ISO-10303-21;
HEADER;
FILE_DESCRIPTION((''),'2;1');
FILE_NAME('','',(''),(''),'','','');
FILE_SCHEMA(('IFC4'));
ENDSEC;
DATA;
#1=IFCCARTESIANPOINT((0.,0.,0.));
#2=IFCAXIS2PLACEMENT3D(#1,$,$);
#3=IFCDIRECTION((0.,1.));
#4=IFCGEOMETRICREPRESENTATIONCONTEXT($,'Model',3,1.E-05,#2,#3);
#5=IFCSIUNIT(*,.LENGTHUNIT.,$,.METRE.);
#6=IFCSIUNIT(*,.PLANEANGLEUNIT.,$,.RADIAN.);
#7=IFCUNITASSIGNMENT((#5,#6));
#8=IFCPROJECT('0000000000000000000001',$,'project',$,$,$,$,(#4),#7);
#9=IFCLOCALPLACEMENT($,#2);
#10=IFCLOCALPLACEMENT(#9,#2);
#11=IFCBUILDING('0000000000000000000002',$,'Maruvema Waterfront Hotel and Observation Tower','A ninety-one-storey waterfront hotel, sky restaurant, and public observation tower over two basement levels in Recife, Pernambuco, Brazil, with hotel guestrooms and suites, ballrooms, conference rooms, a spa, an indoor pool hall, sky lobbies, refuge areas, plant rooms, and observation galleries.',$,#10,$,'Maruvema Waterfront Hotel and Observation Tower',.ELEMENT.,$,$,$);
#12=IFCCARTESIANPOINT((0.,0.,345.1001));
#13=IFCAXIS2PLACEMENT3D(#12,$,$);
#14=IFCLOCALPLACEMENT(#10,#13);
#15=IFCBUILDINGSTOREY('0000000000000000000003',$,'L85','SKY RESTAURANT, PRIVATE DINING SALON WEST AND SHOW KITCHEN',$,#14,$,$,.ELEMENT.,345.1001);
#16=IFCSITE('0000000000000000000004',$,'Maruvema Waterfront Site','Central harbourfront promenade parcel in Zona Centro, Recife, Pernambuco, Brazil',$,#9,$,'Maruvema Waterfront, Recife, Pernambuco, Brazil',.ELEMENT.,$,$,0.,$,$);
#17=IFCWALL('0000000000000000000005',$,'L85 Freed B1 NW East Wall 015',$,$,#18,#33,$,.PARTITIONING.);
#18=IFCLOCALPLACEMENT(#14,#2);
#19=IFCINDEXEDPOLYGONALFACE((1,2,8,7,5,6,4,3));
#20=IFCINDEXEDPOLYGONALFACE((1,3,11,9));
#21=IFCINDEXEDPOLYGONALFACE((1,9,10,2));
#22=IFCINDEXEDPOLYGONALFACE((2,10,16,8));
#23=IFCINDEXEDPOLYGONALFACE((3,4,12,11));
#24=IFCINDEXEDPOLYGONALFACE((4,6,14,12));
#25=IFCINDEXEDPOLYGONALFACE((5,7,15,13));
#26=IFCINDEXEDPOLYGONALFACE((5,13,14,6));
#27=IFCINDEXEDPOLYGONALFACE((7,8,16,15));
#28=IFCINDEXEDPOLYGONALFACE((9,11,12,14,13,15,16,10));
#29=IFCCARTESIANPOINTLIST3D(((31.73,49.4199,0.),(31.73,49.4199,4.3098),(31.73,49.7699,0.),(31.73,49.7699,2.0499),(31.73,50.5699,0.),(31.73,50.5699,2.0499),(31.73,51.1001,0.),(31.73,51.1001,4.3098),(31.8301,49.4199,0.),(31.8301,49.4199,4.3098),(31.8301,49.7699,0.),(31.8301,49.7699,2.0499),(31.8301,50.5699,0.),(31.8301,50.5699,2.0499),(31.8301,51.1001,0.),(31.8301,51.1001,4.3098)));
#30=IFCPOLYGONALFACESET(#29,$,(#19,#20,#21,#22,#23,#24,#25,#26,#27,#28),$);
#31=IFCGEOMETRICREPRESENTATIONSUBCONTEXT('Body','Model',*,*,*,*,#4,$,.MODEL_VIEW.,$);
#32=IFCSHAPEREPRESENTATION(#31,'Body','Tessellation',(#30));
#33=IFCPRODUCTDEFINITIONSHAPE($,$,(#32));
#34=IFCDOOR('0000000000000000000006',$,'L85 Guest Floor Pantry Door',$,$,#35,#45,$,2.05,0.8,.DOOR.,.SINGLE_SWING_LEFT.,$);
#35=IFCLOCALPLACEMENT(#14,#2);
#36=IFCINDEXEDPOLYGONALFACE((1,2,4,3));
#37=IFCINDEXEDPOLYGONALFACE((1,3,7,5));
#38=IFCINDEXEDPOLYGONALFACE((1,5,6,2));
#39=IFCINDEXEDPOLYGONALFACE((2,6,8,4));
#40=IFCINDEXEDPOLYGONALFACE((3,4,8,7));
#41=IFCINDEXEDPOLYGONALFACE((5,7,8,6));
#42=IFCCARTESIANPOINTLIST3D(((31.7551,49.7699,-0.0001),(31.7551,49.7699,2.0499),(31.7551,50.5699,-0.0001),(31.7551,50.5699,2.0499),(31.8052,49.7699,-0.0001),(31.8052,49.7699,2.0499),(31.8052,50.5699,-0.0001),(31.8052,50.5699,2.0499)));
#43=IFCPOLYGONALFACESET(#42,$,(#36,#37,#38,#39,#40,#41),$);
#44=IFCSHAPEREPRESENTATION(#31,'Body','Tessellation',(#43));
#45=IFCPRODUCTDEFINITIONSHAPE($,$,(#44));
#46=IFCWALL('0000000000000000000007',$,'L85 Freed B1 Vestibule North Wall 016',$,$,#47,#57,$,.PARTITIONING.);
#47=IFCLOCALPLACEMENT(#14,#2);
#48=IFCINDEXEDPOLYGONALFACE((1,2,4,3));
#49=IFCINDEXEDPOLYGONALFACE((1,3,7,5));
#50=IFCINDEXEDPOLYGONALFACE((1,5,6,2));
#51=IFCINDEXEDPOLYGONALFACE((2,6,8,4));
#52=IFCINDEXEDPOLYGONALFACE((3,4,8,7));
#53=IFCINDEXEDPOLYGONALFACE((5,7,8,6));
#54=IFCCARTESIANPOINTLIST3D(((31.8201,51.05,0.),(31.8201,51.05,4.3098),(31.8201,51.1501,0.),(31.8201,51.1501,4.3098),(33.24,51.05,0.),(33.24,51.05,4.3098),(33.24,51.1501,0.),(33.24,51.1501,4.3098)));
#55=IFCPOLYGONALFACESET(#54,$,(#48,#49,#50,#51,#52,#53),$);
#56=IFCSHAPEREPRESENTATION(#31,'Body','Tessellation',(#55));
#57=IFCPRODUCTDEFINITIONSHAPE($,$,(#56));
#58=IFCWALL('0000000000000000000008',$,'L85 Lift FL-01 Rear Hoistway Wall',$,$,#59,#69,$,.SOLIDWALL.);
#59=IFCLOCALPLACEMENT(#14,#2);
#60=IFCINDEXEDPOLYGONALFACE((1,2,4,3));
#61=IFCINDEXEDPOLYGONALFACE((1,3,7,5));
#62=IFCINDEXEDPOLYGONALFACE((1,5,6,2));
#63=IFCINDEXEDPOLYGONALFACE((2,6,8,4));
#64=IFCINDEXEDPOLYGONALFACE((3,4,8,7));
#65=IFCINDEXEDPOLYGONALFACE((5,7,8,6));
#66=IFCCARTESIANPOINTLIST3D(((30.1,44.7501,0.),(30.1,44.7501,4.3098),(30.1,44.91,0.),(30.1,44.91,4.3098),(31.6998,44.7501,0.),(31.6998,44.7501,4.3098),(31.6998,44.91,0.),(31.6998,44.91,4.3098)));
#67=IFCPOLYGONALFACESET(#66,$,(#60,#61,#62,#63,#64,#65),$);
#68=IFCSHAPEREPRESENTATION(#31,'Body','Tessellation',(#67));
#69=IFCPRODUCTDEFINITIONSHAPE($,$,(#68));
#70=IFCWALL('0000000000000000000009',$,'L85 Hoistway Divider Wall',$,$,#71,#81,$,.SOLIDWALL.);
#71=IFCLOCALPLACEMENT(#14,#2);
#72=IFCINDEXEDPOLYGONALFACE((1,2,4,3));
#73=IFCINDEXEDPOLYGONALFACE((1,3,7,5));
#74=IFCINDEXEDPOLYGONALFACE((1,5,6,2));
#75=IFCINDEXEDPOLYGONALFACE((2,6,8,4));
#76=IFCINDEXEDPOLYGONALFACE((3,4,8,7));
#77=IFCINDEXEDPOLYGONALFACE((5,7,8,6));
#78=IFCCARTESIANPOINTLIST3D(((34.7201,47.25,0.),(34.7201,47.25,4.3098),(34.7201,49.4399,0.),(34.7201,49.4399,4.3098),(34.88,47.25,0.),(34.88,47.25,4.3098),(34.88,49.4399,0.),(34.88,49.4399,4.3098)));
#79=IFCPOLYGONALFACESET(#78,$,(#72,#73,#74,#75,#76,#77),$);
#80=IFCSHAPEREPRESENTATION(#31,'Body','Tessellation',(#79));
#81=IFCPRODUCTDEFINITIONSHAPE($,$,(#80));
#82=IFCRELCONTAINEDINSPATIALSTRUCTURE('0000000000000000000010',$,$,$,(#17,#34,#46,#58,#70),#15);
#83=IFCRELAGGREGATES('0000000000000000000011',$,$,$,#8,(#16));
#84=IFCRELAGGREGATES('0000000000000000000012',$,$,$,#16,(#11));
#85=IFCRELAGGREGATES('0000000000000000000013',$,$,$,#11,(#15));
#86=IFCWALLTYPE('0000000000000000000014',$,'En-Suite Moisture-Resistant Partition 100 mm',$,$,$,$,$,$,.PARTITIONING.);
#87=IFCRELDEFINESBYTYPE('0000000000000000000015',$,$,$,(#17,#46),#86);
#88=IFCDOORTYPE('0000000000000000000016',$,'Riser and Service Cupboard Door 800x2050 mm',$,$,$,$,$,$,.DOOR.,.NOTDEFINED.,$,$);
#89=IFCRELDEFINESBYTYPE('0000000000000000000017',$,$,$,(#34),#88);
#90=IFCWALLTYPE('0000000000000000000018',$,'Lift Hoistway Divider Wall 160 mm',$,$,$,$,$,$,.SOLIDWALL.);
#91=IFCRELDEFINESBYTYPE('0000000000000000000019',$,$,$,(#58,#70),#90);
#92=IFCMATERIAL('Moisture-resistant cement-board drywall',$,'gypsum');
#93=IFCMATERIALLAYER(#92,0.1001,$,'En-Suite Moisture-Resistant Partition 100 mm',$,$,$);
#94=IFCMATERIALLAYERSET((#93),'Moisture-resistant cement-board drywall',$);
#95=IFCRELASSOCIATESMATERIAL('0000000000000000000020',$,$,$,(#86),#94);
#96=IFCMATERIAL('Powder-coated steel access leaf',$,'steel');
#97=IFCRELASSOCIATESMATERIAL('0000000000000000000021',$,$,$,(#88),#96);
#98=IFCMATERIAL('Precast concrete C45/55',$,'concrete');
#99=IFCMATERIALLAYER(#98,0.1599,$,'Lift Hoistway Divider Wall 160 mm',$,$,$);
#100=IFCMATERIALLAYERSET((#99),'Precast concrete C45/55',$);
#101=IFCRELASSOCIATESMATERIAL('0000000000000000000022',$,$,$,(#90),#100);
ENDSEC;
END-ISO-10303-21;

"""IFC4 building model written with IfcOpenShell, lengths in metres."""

from ifc_helpers import new_model, si_unit, direction, frame, frame_2d, origin, place, context, subcontext, project, spatial, rectangle, extrude, material, layer, layer_set, type_object, element, fill, save


model = new_model("IFC4")

# Units and contexts
model_context = context("Model", 3, precision=1e-05, world=origin(), true_north=direction((0.0, 1.0)))
body_context = subcontext(model_context, "Body", "Model", "MODEL_VIEW")
ifc_project = project(units=[si_unit("LENGTHUNIT", "METRE"), si_unit("PLANEANGLEUNIT", "RADIAN")], contexts=[model_context])

# Site, building, storey
site_placement = place(None, origin())
site = spatial("IfcSite", under=ifc_project, at=site_placement, Name="Maruvema Waterfront Site", Description="Central harbourfront promenade parcel in Zona Centro, Recife, Pernambuco, Brazil", LongName="Maruvema Waterfront, Recife, Pernambuco, Brazil", CompositionType="ELEMENT", RefElevation=0.0)
building_placement = place(site_placement, origin())
building = spatial("IfcBuilding", under=site, at=building_placement, Name="Maruvema Waterfront Hotel and Observation Tower", Description="A ninety-one-storey waterfront hotel, sky restaurant, and public observation tower over two basement levels in Recife, Pernambuco, Brazil, with hotel guestrooms and suites, ballrooms, conference rooms, a spa, an indoor pool hall, sky lobbies, refuge areas, plant rooms, and observation galleries.", LongName="Maruvema Waterfront Hotel and Observation Tower", CompositionType="ELEMENT")
storey_placement = place(building_placement, frame((0.0, 0.0, 345.1001)))
storey = spatial("IfcBuildingStorey", under=building, at=storey_placement, Name="L85", Description="SKY RESTAURANT, PRIVATE DINING SALON WEST AND SHOW KITCHEN", CompositionType="ELEMENT", Elevation=345.1001)

# Shared definitions
ifc_material_1 = material(Name="Moisture-resistant cement-board drywall", Category="gypsum")
ifc_layer_1 = layer(ifc_material_1, 0.1001, Name="En-Suite Moisture-Resistant Partition 100 mm")
ifc_layer_set_1 = layer_set([ifc_layer_1], Name="Moisture-resistant cement-board drywall")
wall_type_1 = type_object("IfcWallType", Name="En-Suite Moisture-Resistant Partition 100 mm", PredefinedType="PARTITIONING", material=ifc_layer_set_1)

# Wall, opening, door
ifc_material_2 = material(Name="Powder-coated steel access leaf", Category="steel")
door_type_1 = type_object("IfcDoorType", Name="Riser and Service Cupboard Door 800x2050 mm", OperationType="NOTDEFINED", PredefinedType="DOOR", material=ifc_material_2)
wall_1_placement = place(storey_placement, frame((31.78, 49.4199, 0.0), z_axis=(0.0, 0.0, 1.0), x_axis=(0.0, 1.0, 0.0)))
wall_1 = element("IfcWall", 1, at=wall_1_placement, inside=storey, type_object=wall_type_1, Name="L85 Freed B1 NW East Wall 015", PredefinedType="PARTITIONING", context=body_context, shape_type="SweptSolid", body=[
    extrude(rectangle(XDim=1.6802, YDim=0.1001, at=frame_2d((0.8401, 0.0))), origin(), (0.0, 0.0, 1.0), 4.3098),
])
opening_1_placement = place(wall_1_placement, frame((0.3501, 0.0, 0.0)))
opening_1 = element("IfcOpeningElement", 2, at=opening_1_placement, cuts=wall_1, PredefinedType="OPENING", context=body_context, shape_type="SweptSolid", body=[
    extrude(rectangle(XDim=0.8, YDim=2.05, at=frame_2d((0.3999, 1.0249))), frame((0.0, 0.0601, 0.0), z_axis=(0.0, -1.0, 0.0), x_axis=(1.0, 0.0, 0.0)), (0.0, 0.0, 1.0), 0.1201),
])
door_1_placement = place(opening_1_placement, origin())
door_1 = element("IfcDoor", 3, at=door_1_placement, inside=storey, type_object=door_type_1, Name="L85 Guest Floor Pantry Door", OperationType="SINGLE_SWING_LEFT", OverallHeight=2.05, OverallWidth=0.8, PredefinedType="DOOR", context=body_context, shape_type="SweptSolid", body=[
    extrude(rectangle(XDim=0.8, YDim=2.05, at=frame_2d((0.3999, 1.0249))), frame((0.0, 0.0249, 0.0), z_axis=(0.0, -1.0, 0.0), x_axis=(1.0, 0.0, 0.0)), (0.0, 0.0, 1.0), 0.05),
])
fill(opening_1, door_1)

# Walls
wall_2_placement = place(storey_placement, frame((31.8201, 51.1001, 0.0), z_axis=(0.0, 0.0, 1.0), x_axis=(1.0, 0.0, 0.0)))
element("IfcWall", 4, at=wall_2_placement, inside=storey, type_object=wall_type_1, Name="L85 Freed B1 Vestibule North Wall 016", PredefinedType="PARTITIONING", context=body_context, shape_type="SweptSolid", body=[
    extrude(rectangle(XDim=1.4199, YDim=0.1001, at=frame_2d((0.71, 0.0))), origin(), (0.0, 0.0, 1.0), 4.3098),
])
ifc_material_3 = material(Name="Precast concrete C45/55", Category="concrete")
ifc_layer_2 = layer(ifc_material_3, 0.1599, Name="Lift Hoistway Divider Wall 160 mm")
ifc_layer_set_2 = layer_set([ifc_layer_2], Name="Precast concrete C45/55")
wall_type_2 = type_object("IfcWallType", Name="Lift Hoistway Divider Wall 160 mm", PredefinedType="SOLIDWALL", material=ifc_layer_set_2)
wall_3_placement = place(storey_placement, frame((30.1001, 44.8301, 0.0), z_axis=(0.0, 0.0, 1.0), x_axis=(1.0, 0.0, 0.0)))
element("IfcWall", 5, at=wall_3_placement, inside=storey, type_object=wall_type_2, Name="L85 Lift FL-01 Rear Hoistway Wall", PredefinedType="SOLIDWALL", context=body_context, shape_type="SweptSolid", body=[
    extrude(rectangle(XDim=1.5999, YDim=0.1599, at=frame_2d((0.7998, 0.0))), origin(), (0.0, 0.0, 1.0), 4.3098),
])
wall_4_placement = place(storey_placement, frame((34.8, 47.25, 0.0), z_axis=(0.0, 0.0, 1.0), x_axis=(0.0, 1.0, 0.0)))
element("IfcWall", 6, at=wall_4_placement, inside=storey, type_object=wall_type_2, Name="L85 Hoistway Divider Wall", PredefinedType="SOLIDWALL", context=body_context, shape_type="SweptSolid", body=[
    extrude(rectangle(XDim=2.1899, YDim=0.1599, at=frame_2d((1.095, 0.0))), origin(), (0.0, 0.0, 1.0), 4.3098),
])

save(model, "model.ifc")
